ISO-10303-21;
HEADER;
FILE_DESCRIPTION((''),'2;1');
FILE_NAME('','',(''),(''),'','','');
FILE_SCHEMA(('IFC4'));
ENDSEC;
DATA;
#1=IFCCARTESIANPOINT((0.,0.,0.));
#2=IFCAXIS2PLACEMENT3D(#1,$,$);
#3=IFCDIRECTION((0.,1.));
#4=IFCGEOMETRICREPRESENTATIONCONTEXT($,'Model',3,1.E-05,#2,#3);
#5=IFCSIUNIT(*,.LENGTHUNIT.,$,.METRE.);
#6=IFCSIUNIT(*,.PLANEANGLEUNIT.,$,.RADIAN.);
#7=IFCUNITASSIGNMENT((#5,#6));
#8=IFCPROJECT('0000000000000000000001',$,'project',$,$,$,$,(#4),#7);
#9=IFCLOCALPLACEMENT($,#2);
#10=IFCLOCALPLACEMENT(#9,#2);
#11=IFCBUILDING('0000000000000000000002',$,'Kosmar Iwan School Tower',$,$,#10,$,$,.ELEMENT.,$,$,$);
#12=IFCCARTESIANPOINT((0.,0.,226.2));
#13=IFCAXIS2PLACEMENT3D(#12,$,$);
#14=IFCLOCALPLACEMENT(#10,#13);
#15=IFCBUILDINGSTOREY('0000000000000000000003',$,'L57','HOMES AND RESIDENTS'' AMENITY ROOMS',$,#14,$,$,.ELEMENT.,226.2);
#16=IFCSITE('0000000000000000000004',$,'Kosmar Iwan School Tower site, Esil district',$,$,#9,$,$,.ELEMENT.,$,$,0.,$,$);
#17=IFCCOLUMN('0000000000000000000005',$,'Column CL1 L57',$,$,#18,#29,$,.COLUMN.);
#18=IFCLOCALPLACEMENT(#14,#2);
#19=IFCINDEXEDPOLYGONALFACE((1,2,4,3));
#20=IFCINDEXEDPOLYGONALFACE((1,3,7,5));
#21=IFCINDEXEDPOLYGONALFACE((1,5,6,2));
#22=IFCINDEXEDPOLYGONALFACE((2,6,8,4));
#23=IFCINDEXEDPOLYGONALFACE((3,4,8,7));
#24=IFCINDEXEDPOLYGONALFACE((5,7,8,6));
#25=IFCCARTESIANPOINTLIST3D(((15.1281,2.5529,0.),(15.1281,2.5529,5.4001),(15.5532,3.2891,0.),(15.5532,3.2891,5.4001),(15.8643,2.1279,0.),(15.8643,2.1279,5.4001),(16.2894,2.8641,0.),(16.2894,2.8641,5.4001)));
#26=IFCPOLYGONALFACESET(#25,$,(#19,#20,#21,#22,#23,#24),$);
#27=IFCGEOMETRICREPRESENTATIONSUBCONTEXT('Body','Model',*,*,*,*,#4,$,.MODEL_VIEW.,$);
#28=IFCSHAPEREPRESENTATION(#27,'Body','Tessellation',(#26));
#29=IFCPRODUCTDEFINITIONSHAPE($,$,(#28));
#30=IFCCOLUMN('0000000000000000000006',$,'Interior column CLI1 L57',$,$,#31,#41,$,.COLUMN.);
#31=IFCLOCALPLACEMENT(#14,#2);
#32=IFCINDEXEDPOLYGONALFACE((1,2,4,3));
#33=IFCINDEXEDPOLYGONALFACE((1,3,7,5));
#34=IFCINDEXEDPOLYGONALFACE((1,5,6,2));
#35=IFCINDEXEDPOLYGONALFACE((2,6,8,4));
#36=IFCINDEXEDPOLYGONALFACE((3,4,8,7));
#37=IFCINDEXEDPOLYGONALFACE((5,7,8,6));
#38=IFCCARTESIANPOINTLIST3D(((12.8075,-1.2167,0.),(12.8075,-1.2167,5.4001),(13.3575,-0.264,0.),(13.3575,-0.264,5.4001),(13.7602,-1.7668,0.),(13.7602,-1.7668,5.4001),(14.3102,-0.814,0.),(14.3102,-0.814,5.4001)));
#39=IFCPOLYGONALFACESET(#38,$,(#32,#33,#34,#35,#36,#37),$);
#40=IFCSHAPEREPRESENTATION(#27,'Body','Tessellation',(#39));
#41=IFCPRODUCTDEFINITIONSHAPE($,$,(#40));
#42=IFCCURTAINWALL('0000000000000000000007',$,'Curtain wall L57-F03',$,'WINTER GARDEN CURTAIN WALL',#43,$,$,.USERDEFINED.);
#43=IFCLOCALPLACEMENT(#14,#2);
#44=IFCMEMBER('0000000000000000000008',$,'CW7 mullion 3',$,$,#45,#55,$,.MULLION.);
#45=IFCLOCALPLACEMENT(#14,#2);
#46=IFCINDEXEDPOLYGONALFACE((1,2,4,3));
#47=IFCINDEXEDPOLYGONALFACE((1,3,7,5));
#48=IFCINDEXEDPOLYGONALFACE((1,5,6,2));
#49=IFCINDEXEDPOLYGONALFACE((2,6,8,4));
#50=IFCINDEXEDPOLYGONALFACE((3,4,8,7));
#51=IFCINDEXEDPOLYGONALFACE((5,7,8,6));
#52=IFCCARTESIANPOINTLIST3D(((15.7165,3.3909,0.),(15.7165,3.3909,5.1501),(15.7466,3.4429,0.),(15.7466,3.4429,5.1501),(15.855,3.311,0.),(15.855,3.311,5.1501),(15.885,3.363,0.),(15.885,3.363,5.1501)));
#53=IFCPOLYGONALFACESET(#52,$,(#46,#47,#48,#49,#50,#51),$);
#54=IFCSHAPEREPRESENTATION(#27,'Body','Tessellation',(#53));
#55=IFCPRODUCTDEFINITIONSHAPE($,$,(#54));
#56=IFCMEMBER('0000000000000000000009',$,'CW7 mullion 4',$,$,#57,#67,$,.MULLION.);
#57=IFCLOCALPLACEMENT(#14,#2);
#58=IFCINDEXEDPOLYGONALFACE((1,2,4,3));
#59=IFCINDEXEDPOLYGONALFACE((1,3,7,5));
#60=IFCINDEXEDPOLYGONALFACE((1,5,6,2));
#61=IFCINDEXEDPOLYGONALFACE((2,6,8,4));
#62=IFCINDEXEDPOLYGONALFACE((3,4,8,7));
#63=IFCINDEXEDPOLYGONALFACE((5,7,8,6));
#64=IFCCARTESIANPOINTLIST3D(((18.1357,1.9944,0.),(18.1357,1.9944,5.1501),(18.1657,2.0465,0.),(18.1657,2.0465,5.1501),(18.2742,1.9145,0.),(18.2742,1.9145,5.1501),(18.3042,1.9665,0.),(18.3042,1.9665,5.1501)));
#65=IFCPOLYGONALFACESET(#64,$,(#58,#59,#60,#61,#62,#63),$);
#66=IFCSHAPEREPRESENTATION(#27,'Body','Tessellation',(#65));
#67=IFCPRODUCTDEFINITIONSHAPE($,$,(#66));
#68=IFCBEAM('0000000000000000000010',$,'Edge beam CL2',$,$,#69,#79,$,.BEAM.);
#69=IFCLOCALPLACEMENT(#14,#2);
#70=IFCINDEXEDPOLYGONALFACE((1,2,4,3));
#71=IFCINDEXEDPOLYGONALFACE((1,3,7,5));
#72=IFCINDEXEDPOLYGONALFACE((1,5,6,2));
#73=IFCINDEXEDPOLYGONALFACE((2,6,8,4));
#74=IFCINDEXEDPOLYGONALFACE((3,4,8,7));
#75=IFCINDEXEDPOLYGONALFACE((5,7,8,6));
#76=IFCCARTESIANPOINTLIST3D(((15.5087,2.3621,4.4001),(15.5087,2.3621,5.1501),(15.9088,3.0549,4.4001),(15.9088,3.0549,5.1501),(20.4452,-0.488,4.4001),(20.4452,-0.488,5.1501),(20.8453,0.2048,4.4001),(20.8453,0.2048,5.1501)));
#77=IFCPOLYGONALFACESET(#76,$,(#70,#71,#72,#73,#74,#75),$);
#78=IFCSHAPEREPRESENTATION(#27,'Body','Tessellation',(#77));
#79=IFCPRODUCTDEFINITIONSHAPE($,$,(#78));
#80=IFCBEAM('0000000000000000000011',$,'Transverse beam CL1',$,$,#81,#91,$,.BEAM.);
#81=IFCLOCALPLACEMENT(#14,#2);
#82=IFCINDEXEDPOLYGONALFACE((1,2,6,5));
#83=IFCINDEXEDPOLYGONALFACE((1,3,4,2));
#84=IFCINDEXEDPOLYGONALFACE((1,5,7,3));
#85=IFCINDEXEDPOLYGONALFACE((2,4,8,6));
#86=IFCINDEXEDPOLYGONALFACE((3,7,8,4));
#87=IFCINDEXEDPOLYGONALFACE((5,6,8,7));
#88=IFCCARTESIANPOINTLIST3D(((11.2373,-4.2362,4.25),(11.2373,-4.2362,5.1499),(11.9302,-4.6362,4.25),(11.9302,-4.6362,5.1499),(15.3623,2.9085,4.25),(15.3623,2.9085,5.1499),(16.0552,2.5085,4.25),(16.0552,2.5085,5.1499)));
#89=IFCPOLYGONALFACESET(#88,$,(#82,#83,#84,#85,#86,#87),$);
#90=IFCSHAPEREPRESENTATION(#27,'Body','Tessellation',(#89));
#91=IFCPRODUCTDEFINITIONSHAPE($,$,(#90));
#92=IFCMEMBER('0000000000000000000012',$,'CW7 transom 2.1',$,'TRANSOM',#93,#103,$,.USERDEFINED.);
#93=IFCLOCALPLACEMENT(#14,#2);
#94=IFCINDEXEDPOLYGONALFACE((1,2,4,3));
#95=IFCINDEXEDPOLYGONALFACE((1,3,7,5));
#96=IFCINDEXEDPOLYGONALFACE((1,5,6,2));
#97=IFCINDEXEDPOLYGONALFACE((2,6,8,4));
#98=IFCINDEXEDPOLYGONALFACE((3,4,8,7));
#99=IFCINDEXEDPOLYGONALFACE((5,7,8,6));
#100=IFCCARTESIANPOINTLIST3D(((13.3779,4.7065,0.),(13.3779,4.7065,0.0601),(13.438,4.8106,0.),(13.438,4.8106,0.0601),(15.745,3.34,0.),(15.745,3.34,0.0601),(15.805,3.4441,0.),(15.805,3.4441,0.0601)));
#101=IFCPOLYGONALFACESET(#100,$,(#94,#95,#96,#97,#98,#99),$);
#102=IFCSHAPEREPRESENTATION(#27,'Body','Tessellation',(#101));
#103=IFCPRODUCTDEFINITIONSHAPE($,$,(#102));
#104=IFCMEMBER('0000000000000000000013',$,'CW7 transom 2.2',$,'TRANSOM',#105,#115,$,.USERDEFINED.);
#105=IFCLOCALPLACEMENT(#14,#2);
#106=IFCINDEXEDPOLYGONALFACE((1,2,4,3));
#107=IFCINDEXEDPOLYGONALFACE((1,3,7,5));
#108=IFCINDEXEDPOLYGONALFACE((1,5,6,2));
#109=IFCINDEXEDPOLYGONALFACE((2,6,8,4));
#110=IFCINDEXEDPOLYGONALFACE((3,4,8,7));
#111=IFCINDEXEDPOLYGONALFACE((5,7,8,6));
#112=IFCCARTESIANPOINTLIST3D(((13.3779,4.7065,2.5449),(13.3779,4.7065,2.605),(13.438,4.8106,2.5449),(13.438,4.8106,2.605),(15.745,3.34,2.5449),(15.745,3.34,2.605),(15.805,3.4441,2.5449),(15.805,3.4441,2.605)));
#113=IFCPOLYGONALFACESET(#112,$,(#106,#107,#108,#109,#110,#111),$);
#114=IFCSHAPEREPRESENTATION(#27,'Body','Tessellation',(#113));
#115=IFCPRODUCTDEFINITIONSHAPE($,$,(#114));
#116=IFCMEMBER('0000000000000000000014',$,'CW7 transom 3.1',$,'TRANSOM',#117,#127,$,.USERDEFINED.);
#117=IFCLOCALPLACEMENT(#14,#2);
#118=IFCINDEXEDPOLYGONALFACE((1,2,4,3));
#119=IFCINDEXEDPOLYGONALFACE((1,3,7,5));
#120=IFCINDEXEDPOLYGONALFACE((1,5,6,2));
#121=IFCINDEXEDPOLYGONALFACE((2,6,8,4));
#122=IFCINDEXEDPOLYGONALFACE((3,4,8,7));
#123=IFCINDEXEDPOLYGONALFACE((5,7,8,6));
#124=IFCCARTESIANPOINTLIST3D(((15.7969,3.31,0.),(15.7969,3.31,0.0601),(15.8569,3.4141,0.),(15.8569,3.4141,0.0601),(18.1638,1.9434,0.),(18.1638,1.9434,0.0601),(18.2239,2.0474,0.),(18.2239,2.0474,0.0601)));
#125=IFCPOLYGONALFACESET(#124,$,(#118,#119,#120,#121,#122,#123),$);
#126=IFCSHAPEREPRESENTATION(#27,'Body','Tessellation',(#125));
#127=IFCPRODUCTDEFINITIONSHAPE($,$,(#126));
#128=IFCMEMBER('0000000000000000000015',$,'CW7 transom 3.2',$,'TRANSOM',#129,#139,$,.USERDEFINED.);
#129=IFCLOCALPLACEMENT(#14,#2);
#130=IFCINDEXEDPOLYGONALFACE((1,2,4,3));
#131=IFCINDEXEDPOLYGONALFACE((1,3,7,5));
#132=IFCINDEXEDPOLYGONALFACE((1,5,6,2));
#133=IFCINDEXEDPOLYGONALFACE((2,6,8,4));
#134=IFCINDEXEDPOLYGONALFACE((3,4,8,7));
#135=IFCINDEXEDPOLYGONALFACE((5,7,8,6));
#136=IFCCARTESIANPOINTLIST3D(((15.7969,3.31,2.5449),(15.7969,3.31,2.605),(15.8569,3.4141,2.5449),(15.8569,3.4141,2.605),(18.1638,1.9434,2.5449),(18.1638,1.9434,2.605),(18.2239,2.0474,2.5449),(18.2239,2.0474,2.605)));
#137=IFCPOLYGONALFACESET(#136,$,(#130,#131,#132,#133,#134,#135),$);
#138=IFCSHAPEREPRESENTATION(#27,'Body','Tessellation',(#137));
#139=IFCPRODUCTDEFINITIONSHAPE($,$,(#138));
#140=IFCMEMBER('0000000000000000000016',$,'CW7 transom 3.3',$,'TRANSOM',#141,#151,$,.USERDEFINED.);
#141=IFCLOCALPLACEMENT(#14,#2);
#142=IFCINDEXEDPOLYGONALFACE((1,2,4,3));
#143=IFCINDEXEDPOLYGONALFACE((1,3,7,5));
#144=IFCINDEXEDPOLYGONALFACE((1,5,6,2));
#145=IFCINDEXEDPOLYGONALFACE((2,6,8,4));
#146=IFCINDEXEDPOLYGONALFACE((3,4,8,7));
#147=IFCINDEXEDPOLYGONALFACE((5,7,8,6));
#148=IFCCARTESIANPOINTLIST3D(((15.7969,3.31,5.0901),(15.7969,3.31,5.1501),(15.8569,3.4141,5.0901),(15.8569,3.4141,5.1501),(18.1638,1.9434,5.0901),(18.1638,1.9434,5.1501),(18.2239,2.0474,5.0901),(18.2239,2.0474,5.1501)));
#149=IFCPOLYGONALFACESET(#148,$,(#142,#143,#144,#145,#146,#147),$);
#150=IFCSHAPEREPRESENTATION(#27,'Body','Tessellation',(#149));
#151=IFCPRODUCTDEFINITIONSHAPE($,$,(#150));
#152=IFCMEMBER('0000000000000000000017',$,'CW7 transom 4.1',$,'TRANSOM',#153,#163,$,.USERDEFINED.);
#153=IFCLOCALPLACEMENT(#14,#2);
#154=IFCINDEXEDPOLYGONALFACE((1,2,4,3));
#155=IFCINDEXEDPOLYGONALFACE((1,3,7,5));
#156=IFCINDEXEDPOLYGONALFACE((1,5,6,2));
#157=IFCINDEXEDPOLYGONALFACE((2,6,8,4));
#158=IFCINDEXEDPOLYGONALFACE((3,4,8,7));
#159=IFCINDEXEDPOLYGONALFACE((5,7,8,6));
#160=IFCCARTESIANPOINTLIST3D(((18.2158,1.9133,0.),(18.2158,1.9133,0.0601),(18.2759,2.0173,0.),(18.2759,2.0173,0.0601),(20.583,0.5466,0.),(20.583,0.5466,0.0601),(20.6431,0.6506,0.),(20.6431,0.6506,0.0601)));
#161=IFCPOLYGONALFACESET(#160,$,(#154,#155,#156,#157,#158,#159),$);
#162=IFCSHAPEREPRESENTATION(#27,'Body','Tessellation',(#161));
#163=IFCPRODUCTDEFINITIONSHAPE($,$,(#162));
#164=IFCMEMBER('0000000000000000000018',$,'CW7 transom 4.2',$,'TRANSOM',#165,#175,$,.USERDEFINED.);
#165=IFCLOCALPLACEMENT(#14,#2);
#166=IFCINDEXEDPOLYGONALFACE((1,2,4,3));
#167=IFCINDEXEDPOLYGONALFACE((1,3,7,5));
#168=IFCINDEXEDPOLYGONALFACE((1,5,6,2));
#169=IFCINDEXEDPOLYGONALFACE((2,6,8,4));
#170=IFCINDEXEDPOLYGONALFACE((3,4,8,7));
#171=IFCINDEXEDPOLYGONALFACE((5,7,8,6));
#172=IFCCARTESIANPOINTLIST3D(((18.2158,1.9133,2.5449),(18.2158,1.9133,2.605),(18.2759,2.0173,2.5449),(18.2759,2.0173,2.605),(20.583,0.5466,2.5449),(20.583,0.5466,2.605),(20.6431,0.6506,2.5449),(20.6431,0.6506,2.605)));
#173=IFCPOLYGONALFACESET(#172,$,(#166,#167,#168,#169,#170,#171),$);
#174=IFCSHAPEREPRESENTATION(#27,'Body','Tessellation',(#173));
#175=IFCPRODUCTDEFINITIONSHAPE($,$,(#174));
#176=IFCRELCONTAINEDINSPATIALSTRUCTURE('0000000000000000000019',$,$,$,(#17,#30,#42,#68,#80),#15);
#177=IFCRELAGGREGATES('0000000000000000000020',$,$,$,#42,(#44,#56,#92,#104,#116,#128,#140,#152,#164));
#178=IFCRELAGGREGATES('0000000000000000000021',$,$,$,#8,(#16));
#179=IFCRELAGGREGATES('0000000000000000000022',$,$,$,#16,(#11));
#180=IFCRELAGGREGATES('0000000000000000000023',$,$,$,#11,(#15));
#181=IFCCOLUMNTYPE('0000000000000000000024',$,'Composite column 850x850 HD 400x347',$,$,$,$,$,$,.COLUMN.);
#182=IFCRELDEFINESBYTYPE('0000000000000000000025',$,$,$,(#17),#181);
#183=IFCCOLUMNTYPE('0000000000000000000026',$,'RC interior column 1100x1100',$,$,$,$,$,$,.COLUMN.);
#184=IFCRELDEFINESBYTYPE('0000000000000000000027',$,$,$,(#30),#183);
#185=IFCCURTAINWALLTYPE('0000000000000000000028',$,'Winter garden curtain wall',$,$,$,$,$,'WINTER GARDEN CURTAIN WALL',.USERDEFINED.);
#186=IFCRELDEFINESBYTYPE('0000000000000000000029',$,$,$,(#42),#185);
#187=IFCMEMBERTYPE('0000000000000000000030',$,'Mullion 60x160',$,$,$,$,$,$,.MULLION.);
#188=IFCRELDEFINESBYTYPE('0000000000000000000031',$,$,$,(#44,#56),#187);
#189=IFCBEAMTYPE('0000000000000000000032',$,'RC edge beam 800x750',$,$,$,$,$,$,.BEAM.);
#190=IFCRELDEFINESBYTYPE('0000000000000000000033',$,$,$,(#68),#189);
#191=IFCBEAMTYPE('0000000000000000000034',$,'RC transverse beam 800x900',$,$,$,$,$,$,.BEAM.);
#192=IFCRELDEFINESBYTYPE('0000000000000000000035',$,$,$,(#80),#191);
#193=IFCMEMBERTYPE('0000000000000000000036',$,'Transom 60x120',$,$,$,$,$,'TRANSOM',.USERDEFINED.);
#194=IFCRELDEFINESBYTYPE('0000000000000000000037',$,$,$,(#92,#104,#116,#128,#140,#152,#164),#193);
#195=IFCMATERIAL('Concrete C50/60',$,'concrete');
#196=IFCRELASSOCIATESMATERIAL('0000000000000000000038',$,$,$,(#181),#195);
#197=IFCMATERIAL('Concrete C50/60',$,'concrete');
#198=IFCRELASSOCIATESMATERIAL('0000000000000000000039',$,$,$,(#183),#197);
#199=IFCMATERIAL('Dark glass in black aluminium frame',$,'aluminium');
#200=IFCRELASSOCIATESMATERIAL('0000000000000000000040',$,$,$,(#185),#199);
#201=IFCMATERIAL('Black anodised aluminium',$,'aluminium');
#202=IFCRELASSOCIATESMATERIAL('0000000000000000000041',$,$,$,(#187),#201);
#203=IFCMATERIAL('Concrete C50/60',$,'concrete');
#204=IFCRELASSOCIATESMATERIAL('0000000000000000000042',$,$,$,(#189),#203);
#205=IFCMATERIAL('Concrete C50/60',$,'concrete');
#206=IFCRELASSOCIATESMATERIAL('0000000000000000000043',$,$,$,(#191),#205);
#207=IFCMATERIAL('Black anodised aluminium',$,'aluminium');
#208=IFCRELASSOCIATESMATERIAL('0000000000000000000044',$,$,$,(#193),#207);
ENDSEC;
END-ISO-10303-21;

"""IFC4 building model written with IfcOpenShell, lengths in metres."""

from ifc_helpers import new_model, si_unit, direction, frame, origin, origin_2d, place, context, subcontext, project, spatial, rectangle, extrude, material, material_profile, profile_set, type_object, element, aggregate, save


model = new_model("IFC4")

# Units and contexts
model_context = context("Model", 3, precision=1e-05, world=origin(), true_north=direction((0.0, 1.0)))
body_context = subcontext(model_context, "Body", "Model", "MODEL_VIEW")
ifc_project = project(units=[si_unit("LENGTHUNIT", "METRE"), si_unit("PLANEANGLEUNIT", "RADIAN")], contexts=[model_context])

# Site, building, storey
site_placement = place(None, origin())
site = spatial("IfcSite", under=ifc_project, at=site_placement, Name="Kosmar Iwan School Tower site, Esil district", CompositionType="ELEMENT", RefElevation=0.0)
building_placement = place(site_placement, origin())
building = spatial("IfcBuilding", under=site, at=building_placement, Name="Kosmar Iwan School Tower", CompositionType="ELEMENT")
storey_placement = place(building_placement, frame((0.0, 0.0, 226.2)))
storey = spatial("IfcBuildingStorey", under=building, at=storey_placement, Name="L57", Description="HOMES AND RESIDENTS' AMENITY ROOMS", CompositionType="ELEMENT", Elevation=226.2)

# Columns
ifc_material_1 = material(Name="Concrete C50/60", Category="concrete")
ifc_material_profile_1 = material_profile(ifc_material_1, rectangle(XDim=0.8501, YDim=0.8501, at=origin_2d()), Name="RC 850x850 + HD 400x347")
ifc_profile_set_1 = profile_set([ifc_material_profile_1], Name="Concrete C50/60")
column_type_1 = type_object("IfcColumnType", Name="Composite column 850x850 HD 400x347", PredefinedType="COLUMN", material=ifc_profile_set_1)
column_1_placement = place(storey_placement, frame((15.7087, 2.7085, 0.0), z_axis=(0.0, 0.0, 1.0), x_axis=(0.866025, -0.5, 0.0)))
element("IfcColumn", 1, at=column_1_placement, inside=storey, type_object=column_type_1, Name="Column CL1 L57", PredefinedType="COLUMN", context=body_context, shape_type="SweptSolid", body=[
    extrude(rectangle(XDim=0.8501, YDim=0.8501, at=origin_2d()), origin(), (0.0, 0.0, 1.0), 5.4001),
])
ifc_material_2 = material(Name="Concrete C50/60", Category="concrete")
ifc_material_profile_2 = material_profile(ifc_material_2, rectangle(XDim=1.1001, YDim=1.1001, at=origin_2d()), Name="RC 1100x1100")
ifc_profile_set_2 = profile_set([ifc_material_profile_2], Name="Concrete C50/60")
column_type_2 = type_object("IfcColumnType", Name="RC interior column 1100x1100", PredefinedType="COLUMN", material=ifc_profile_set_2)
column_2_placement = place(storey_placement, frame((13.5588, -1.0154, 0.0), z_axis=(0.0, 0.0, 1.0), x_axis=(0.866025, -0.5, 0.0)))
element("IfcColumn", 2, at=column_2_placement, inside=storey, type_object=column_type_2, Name="Interior column CLI1 L57", PredefinedType="COLUMN", context=body_context, shape_type="SweptSolid", body=[
    extrude(rectangle(XDim=1.1001, YDim=1.1001, at=origin_2d()), origin(), (0.0, 0.0, 1.0), 5.4001),
])

# Curtain wall, members
ifc_material_3 = material(Name="Dark glass in black aluminium frame", Category="aluminium")
curtain_wall_type = type_object("IfcCurtainWallType", Name="Winter garden curtain wall", ElementType="WINTER GARDEN CURTAIN WALL", PredefinedType="USERDEFINED", material=ifc_material_3)
curtain_wall_placement = place(storey_placement, origin())
curtain_wall = element("IfcCurtainWall", 3, at=curtain_wall_placement, inside=storey, type_object=curtain_wall_type, Name="Curtain wall L57-F03", ObjectType="WINTER GARDEN CURTAIN WALL", PredefinedType="USERDEFINED")
ifc_material_4 = material(Name="Black anodised aluminium", Category="aluminium")
ifc_material_profile_3 = material_profile(ifc_material_4, rectangle(XDim=0.0601, YDim=0.1599, at=origin_2d()), Name="MULLION 60x160")
ifc_profile_set_3 = profile_set([ifc_material_profile_3], Name="Black anodised aluminium")
member_type_1 = type_object("IfcMemberType", Name="Mullion 60x160", PredefinedType="MULLION", material=ifc_profile_set_3)
member_1_placement = place(storey_placement, frame((15.8008, 3.377, 0.0), z_axis=(0.0, 0.0, 1.0), x_axis=(0.5, 0.866025, 0.0)))
member_1 = element("IfcMember", 4, at=member_1_placement, type_object=member_type_1, Name="CW7 mullion 3", PredefinedType="MULLION", context=body_context, shape_type="SweptSolid", body=[
    extrude(rectangle(XDim=0.0601, YDim=0.1599, at=origin_2d()), origin(), (0.0, 0.0, 1.0), 5.1501),
])
member_2_placement = place(storey_placement, frame((18.22, 1.9805, 0.0), z_axis=(0.0, 0.0, 1.0), x_axis=(0.5, 0.866025, 0.0)))
member_2 = element("IfcMember", 5, at=member_2_placement, type_object=member_type_1, Name="CW7 mullion 4", PredefinedType="MULLION", context=body_context, shape_type="SweptSolid", body=[
    extrude(rectangle(XDim=0.0601, YDim=0.1599, at=origin_2d()), origin(), (0.0, 0.0, 1.0), 5.1501),
])

# Beams
ifc_material_5 = material(Name="Concrete C50/60", Category="concrete")
ifc_material_profile_4 = material_profile(ifc_material_5, rectangle(XDim=0.8, YDim=0.75, at=origin_2d()), Name="RC 800x750")
ifc_profile_set_4 = profile_set([ifc_material_profile_4], Name="Concrete C50/60")
beam_type_1 = type_object("IfcBeamType", Name="RC edge beam 800x750", PredefinedType="BEAM", material=ifc_profile_set_4)
beam_1_placement = place(storey_placement, frame((15.7087, 2.7085, 4.7751), z_axis=(0.866026, -0.499999, 0.0), x_axis=(0.499999, 0.866026, 0.0)))
element("IfcBeam", 6, at=beam_1_placement, inside=storey, type_object=beam_type_1, Name="Edge beam CL2", PredefinedType="BEAM", context=body_context, shape_type="SweptSolid", body=[
    extrude(rectangle(XDim=0.8, YDim=0.75, at=origin_2d()), origin(), (0.0, 0.0, 1.0), 5.7002),
])
ifc_material_6 = material(Name="Concrete C50/60", Category="concrete")
ifc_material_profile_5 = material_profile(ifc_material_6, rectangle(XDim=0.8, YDim=0.8999, at=origin_2d()), Name="RC 800x900")
ifc_profile_set_5 = profile_set([ifc_material_profile_5], Name="Concrete C50/60")
beam_type_2 = type_object("IfcBeamType", Name="RC transverse beam 800x900", PredefinedType="BEAM", material=ifc_profile_set_5)
beam_2_placement = place(storey_placement, frame((15.7087, 2.7085, 4.7), z_axis=(-0.499997, -0.866027, 0.0), x_axis=(0.866027, -0.499997, 0.0)))
element("IfcBeam", 7, at=beam_2_placement, inside=storey, type_object=beam_type_2, Name="Transverse beam CL1", PredefinedType="BEAM", context=body_context, shape_type="SweptSolid", body=[
    extrude(rectangle(XDim=0.8, YDim=0.8999, at=origin_2d()), origin(), (0.0, 0.0, 1.0), 8.25),
])

# Members
ifc_material_7 = material(Name="Black anodised aluminium", Category="aluminium")
ifc_material_profile_6 = material_profile(ifc_material_7, rectangle(XDim=0.1201, YDim=0.0601, at=origin_2d()), Name="TRANSOM 60x120")
ifc_profile_set_6 = profile_set([ifc_material_profile_6], Name="Black anodised aluminium")
member_type_2 = type_object("IfcMemberType", Name="Transom 60x120", ElementType="TRANSOM", PredefinedType="USERDEFINED", material=ifc_profile_set_6)
member_3_placement = place(storey_placement, frame((13.408, 4.7585, 0.03), z_axis=(0.866041, -0.499972, 0.0), x_axis=(0.499972, 0.866041, 0.0)))
member_3 = element("IfcMember", 8, at=member_3_placement, type_object=member_type_2, Name="CW7 transom 2.1", ObjectType="TRANSOM", PredefinedType="USERDEFINED", context=body_context, shape_type="SweptSolid", body=[
    extrude(rectangle(XDim=0.1201, YDim=0.0601, at=origin_2d()), origin(), (0.0, 0.0, 1.0), 2.7332),
])
member_4_placement = place(storey_placement, frame((13.408, 4.7585, 2.575), z_axis=(0.866041, -0.499972, 0.0), x_axis=(0.499972, 0.866041, 0.0)))
member_4 = element("IfcMember", 9, at=member_4_placement, type_object=member_type_2, Name="CW7 transom 2.2", ObjectType="TRANSOM", PredefinedType="USERDEFINED", context=body_context, shape_type="SweptSolid", body=[
    extrude(rectangle(XDim=0.1201, YDim=0.0601, at=origin_2d()), origin(), (0.0, 0.0, 1.0), 2.7332),
])
member_5_placement = place(storey_placement, frame((15.8269, 3.3621, 0.03), z_axis=(0.866003, -0.500039, 0.0), x_axis=(0.500039, 0.866003, 0.0)))
member_5 = element("IfcMember", 10, at=member_5_placement, type_object=member_type_2, Name="CW7 transom 3.1", ObjectType="TRANSOM", PredefinedType="USERDEFINED", context=body_context, shape_type="SweptSolid", body=[
    extrude(rectangle(XDim=0.1201, YDim=0.0601, at=origin_2d()), origin(), (0.0, 0.0, 1.0), 2.7332),
])
member_6_placement = place(storey_placement, frame((15.8269, 3.3621, 2.575), z_axis=(0.866003, -0.500039, 0.0), x_axis=(0.500039, 0.866003, 0.0)))
member_6 = element("IfcMember", 11, at=member_6_placement, type_object=member_type_2, Name="CW7 transom 3.2", ObjectType="TRANSOM", PredefinedType="USERDEFINED", context=body_context, shape_type="SweptSolid", body=[
    extrude(rectangle(XDim=0.1201, YDim=0.0601, at=origin_2d()), origin(), (0.0, 0.0, 1.0), 2.7332),
])
member_7_placement = place(storey_placement, frame((15.8269, 3.3621, 5.1201), z_axis=(0.866003, -0.500039, 0.0), x_axis=(0.500039, 0.866003, 0.0)))
member_7 = element("IfcMember", 12, at=member_7_placement, type_object=member_type_2, Name="CW7 transom 3.3", ObjectType="TRANSOM", PredefinedType="USERDEFINED", context=body_context, shape_type="SweptSolid", body=[
    extrude(rectangle(XDim=0.1201, YDim=0.0601, at=origin_2d()), origin(), (0.0, 0.0, 1.0), 2.7332),
])
member_8_placement = place(storey_placement, frame((18.2458, 1.9653, 0.03), z_axis=(0.866025, -0.500001, 0.0), x_axis=(0.500001, 0.866025, 0.0)))
member_8 = element("IfcMember", 13, at=member_8_placement, type_object=member_type_2, Name="CW7 transom 4.1", ObjectType="TRANSOM", PredefinedType="USERDEFINED", context=body_context, shape_type="SweptSolid", body=[
    extrude(rectangle(XDim=0.1201, YDim=0.0601, at=origin_2d()), origin(), (0.0, 0.0, 1.0), 2.7334),
])
member_9_placement = place(storey_placement, frame((18.2458, 1.9653, 2.575), z_axis=(0.866025, -0.500001, 0.0), x_axis=(0.500001, 0.866025, 0.0)))
member_9 = element("IfcMember", 14, at=member_9_placement, type_object=member_type_2, Name="CW7 transom 4.2", ObjectType="TRANSOM", PredefinedType="USERDEFINED", context=body_context, shape_type="SweptSolid", body=[
    extrude(rectangle(XDim=0.1201, YDim=0.0601, at=origin_2d()), origin(), (0.0, 0.0, 1.0), 2.7334),
])

aggregate(curtain_wall, [member_1, member_2, member_3, member_4, member_5, member_6, member_7, member_8, member_9])

save(model, "model.ifc")
